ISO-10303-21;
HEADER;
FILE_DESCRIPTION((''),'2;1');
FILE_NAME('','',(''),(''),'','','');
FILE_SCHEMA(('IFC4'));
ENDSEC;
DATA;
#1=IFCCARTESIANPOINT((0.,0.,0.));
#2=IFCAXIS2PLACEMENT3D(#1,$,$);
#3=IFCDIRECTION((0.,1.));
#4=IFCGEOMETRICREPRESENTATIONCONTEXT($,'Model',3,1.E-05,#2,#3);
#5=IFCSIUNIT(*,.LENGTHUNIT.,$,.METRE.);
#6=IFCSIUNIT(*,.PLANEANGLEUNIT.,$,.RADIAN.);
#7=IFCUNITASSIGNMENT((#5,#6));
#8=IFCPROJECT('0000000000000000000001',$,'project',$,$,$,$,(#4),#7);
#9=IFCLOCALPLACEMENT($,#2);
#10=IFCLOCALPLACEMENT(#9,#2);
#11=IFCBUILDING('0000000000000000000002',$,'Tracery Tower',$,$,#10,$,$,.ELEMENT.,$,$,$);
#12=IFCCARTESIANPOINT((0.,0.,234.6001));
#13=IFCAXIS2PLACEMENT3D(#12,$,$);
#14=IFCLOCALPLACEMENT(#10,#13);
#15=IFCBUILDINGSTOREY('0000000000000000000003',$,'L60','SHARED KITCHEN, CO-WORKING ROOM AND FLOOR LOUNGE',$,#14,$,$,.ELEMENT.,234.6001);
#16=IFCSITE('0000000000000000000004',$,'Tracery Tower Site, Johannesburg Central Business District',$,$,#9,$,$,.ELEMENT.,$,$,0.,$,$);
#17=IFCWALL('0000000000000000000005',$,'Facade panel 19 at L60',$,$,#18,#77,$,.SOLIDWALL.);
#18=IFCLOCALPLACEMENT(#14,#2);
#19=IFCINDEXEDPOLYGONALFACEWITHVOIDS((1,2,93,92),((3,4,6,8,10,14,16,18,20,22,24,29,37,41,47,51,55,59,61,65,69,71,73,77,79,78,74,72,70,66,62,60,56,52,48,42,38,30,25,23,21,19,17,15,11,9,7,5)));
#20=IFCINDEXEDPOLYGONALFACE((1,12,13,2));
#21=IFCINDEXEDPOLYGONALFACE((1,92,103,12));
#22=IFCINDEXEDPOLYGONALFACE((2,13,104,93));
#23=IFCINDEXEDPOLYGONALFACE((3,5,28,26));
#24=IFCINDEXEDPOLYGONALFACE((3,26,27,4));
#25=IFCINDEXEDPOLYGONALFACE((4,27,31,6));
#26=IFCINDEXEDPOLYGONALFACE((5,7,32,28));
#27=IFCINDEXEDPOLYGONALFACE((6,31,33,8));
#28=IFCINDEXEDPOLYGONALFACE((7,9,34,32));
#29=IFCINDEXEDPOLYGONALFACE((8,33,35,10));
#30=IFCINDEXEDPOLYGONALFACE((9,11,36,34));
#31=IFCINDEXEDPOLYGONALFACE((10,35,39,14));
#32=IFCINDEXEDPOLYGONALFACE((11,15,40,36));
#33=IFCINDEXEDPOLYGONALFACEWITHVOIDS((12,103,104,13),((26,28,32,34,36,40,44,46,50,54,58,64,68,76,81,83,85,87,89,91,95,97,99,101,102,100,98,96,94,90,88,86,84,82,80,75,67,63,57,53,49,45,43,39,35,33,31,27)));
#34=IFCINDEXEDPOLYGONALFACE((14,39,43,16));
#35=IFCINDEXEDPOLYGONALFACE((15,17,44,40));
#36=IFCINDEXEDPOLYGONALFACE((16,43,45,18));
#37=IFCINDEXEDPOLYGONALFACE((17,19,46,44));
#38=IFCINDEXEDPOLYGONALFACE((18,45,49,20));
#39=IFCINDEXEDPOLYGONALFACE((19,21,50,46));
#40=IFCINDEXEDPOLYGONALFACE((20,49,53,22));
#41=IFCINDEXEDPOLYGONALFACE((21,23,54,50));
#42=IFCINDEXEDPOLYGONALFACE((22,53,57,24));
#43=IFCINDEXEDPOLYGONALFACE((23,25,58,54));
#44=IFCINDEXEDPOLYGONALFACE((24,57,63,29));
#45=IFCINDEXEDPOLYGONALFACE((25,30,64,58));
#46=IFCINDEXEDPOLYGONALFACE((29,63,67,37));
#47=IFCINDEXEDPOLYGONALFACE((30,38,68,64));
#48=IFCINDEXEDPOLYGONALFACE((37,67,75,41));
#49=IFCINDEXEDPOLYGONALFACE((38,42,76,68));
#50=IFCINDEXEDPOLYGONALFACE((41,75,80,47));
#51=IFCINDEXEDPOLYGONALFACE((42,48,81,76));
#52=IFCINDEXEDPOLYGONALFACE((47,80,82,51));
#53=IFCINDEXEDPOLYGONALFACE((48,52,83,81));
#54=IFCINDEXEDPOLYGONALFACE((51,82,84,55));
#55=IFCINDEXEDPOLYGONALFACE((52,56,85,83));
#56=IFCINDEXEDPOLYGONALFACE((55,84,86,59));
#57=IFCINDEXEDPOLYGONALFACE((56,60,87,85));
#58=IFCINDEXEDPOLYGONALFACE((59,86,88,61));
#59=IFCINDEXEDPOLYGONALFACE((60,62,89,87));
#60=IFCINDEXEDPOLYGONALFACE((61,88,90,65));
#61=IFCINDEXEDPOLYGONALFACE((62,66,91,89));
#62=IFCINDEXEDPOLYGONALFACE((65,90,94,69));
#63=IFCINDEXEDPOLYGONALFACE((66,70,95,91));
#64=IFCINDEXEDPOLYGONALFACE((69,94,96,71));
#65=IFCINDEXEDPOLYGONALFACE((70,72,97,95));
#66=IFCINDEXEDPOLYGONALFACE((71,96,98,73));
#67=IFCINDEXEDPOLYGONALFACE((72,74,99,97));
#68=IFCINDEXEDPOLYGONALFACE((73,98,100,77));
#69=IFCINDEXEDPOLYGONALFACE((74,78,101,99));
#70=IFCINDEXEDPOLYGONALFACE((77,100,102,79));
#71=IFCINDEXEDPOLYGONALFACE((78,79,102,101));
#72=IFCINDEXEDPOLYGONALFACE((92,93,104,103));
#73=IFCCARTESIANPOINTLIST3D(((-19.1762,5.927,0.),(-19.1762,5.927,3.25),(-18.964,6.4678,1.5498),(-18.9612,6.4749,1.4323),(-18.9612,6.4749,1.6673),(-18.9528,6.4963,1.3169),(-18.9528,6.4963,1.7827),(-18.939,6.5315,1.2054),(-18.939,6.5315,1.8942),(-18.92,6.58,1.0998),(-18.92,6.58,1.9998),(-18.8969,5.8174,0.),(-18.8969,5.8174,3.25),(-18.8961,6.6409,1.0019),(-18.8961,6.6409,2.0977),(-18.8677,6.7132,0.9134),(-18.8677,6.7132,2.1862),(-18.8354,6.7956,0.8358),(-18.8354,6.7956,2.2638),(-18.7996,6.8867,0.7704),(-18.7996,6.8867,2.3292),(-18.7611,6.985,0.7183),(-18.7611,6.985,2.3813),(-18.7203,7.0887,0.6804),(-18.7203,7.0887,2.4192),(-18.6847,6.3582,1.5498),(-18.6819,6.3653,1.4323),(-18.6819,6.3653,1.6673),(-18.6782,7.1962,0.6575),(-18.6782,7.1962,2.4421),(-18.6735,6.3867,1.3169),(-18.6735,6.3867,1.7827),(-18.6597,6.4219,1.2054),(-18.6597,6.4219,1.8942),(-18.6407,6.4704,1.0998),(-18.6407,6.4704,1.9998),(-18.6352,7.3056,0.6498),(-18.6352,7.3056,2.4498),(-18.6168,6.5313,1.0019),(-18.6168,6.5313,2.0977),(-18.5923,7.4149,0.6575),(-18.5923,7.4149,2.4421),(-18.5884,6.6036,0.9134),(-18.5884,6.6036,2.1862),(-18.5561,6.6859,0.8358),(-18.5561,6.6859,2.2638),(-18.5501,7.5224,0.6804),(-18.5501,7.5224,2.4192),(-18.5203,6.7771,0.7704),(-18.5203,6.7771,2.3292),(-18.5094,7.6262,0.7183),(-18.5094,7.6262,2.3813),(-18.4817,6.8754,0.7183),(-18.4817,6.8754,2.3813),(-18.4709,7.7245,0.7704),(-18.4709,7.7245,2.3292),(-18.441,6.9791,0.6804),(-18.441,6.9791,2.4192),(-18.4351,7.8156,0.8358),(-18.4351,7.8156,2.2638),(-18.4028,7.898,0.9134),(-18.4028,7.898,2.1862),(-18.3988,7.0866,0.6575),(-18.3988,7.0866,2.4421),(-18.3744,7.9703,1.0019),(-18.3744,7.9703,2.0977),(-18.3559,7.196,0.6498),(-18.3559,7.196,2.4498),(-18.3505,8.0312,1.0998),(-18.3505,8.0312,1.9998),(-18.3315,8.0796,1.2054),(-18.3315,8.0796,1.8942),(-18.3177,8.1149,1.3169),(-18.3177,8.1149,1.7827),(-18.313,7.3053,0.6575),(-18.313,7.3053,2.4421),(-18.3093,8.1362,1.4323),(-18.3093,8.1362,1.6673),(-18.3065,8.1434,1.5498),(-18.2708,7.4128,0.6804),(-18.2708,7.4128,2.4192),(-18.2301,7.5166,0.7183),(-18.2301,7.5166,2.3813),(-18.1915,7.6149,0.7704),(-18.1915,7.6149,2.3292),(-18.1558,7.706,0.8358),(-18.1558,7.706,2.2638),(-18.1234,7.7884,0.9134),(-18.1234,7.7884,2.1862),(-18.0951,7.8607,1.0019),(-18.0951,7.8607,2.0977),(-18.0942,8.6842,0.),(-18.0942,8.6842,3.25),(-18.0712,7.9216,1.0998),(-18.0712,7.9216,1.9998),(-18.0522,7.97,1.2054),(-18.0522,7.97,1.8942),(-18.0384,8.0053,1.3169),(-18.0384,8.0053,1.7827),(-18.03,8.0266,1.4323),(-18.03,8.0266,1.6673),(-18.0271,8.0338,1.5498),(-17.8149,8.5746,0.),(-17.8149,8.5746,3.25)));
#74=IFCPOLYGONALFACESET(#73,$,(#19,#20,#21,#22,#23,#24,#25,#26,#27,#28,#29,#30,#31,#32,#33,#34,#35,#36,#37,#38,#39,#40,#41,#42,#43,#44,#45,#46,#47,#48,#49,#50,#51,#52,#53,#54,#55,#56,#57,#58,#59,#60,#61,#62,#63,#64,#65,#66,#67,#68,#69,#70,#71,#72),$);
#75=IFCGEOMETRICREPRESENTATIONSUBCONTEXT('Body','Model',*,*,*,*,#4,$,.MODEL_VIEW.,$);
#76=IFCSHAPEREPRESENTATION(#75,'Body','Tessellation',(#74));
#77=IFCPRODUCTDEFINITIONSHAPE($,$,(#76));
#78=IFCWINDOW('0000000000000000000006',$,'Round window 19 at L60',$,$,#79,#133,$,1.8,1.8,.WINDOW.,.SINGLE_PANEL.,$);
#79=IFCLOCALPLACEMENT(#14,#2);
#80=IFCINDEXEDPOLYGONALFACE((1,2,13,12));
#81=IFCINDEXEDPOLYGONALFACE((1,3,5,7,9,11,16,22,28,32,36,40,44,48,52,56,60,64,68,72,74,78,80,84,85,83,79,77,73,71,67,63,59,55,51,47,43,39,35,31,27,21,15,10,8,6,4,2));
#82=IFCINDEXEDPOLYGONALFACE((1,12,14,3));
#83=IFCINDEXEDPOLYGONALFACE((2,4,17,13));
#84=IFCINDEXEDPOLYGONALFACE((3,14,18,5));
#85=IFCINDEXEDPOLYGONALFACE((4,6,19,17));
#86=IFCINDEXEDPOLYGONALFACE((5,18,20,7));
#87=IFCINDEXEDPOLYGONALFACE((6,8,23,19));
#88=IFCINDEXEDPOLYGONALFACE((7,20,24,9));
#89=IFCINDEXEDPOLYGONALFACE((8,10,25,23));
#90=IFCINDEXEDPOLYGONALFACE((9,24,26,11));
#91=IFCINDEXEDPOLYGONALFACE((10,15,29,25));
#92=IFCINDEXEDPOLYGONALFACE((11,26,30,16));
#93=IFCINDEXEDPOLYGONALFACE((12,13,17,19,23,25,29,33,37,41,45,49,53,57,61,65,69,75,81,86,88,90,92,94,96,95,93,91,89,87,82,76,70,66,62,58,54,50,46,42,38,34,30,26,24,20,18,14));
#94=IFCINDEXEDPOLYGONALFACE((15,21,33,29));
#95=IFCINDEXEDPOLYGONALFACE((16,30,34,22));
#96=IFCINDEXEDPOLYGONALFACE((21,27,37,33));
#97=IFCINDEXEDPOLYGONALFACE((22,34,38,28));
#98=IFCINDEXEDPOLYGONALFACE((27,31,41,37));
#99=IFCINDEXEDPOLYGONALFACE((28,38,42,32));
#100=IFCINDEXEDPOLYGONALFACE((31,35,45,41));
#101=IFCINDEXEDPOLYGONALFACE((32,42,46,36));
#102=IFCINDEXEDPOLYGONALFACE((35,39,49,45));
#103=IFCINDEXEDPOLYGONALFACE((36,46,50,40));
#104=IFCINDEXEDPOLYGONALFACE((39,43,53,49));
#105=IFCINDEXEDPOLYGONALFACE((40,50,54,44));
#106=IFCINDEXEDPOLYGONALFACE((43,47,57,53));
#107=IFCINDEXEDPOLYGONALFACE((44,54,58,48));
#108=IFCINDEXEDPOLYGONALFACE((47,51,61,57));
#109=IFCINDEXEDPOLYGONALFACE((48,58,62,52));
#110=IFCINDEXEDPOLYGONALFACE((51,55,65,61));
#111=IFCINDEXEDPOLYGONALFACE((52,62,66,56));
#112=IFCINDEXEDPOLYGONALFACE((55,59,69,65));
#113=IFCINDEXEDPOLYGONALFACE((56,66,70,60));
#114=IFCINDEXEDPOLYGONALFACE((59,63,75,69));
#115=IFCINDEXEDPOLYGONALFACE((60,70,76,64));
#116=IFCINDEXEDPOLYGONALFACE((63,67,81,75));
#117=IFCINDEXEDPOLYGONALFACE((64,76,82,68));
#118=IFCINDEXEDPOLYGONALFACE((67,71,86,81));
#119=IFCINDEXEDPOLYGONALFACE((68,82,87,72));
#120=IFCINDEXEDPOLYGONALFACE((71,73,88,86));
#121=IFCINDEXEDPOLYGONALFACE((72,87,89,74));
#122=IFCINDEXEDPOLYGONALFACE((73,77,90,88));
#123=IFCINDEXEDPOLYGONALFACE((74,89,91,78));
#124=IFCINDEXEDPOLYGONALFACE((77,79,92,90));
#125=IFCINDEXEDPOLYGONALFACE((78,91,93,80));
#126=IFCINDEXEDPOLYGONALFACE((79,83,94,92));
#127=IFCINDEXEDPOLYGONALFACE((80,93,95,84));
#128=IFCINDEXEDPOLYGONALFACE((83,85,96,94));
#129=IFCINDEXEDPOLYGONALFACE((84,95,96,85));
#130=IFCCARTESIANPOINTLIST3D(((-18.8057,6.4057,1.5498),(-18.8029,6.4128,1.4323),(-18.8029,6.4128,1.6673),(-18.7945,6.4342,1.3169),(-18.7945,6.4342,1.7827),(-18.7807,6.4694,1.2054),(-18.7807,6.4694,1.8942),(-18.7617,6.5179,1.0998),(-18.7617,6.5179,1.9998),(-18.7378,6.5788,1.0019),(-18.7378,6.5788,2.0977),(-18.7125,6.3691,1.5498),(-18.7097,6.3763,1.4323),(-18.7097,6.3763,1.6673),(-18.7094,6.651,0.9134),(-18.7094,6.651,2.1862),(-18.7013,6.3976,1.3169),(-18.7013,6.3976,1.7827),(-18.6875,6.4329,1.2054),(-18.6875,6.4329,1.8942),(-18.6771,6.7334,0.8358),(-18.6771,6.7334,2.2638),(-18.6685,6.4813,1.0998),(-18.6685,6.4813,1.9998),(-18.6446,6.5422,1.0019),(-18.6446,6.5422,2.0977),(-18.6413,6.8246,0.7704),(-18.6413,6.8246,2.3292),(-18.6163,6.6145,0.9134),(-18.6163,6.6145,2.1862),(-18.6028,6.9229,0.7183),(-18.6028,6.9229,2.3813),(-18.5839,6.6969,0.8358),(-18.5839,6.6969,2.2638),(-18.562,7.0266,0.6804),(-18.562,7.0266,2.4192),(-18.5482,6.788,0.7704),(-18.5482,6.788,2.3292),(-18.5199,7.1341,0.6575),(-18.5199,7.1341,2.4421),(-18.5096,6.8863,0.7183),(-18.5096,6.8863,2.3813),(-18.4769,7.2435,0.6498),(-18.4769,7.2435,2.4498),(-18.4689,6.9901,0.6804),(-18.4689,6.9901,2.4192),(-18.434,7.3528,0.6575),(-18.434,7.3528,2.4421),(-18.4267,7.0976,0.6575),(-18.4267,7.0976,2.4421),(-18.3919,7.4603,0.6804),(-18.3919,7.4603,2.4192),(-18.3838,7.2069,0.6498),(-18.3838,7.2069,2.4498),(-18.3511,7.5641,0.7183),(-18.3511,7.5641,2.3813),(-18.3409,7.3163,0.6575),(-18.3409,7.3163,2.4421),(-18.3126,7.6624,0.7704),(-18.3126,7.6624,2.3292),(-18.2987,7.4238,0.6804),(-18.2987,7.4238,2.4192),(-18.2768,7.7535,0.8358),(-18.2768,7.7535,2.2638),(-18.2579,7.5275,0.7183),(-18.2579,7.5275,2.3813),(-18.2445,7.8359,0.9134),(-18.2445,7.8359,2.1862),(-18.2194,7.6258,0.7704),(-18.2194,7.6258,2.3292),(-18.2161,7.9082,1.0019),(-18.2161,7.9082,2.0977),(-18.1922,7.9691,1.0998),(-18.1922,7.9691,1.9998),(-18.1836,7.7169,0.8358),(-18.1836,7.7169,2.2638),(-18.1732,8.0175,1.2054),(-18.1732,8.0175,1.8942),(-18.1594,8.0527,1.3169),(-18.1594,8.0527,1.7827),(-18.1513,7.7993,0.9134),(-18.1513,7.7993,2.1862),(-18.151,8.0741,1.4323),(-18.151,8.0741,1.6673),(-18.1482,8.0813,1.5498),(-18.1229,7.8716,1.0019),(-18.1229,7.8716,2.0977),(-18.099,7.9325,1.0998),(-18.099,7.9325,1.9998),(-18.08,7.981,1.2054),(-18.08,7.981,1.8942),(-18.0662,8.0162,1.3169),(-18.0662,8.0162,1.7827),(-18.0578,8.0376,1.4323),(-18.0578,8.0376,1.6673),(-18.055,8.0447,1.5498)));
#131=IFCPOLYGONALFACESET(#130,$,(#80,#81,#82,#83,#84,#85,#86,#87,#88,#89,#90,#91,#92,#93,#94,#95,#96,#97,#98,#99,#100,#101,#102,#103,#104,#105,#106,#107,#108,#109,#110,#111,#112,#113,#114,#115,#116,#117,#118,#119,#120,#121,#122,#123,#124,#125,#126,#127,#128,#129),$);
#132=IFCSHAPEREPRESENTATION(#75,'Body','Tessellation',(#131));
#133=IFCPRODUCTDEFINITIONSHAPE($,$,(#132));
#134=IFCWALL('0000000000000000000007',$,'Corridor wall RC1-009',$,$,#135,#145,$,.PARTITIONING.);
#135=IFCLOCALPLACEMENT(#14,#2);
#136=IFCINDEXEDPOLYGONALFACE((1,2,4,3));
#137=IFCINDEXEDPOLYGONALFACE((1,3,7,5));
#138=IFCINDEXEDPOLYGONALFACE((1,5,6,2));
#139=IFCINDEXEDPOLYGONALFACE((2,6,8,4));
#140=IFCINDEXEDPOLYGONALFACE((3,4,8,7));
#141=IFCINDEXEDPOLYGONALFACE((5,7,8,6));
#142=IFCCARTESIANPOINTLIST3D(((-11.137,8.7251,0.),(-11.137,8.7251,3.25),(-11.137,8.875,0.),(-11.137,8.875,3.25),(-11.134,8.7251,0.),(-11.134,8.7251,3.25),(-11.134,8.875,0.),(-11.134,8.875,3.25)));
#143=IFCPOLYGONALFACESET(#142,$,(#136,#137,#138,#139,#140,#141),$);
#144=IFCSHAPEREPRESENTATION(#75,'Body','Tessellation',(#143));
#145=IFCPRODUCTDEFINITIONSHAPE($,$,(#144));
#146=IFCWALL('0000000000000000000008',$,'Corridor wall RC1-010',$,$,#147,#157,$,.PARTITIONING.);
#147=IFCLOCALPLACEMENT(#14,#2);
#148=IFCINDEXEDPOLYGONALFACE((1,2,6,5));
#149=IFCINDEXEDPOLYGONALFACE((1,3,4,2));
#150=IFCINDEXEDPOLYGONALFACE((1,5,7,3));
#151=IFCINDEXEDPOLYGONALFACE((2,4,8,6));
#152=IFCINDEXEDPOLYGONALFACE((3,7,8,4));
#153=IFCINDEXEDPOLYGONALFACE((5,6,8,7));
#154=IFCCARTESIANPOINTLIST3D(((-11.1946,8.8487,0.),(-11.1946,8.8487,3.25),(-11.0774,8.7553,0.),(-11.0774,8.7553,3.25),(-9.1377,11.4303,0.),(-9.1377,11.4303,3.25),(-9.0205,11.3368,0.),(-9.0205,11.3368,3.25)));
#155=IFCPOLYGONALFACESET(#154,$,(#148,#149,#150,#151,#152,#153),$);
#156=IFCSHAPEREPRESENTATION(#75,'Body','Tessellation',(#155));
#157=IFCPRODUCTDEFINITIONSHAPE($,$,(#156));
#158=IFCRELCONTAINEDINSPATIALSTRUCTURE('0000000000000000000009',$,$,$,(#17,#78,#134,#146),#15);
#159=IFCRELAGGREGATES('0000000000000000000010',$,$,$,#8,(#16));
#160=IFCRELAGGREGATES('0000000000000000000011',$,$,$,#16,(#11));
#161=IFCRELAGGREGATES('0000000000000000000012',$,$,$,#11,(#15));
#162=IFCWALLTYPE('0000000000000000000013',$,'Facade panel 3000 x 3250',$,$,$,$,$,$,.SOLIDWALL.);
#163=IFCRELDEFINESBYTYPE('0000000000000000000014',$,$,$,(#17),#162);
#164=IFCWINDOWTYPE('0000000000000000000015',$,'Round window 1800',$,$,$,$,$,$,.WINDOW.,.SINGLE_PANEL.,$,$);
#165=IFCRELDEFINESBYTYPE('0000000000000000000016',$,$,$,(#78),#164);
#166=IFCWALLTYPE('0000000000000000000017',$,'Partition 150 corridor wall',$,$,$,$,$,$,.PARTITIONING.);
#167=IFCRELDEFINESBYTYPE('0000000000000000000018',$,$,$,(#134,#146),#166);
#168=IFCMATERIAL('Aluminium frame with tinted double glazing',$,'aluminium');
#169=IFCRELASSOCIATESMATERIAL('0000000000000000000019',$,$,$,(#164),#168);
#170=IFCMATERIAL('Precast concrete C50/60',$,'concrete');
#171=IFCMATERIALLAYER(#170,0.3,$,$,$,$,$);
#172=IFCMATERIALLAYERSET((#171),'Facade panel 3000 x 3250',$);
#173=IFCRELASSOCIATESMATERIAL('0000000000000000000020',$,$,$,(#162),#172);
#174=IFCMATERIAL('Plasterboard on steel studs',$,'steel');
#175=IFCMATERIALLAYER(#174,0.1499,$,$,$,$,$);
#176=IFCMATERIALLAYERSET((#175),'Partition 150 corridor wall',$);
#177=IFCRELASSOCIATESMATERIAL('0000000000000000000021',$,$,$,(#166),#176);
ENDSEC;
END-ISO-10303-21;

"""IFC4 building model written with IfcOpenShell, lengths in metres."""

from ifc_helpers import new_model, si_unit, direction, frame, frame_2d, origin, origin_2d, place, context, subcontext, project, spatial, rectangle, circle, extrude, material, layer, layer_set, type_object, element, fill, save


model = new_model("IFC4")

# Units and contexts
model_context = context("Model", 3, precision=1e-05, world=origin(), true_north=direction((0.0, 1.0)))
body_context = subcontext(model_context, "Body", "Model", "MODEL_VIEW")
ifc_project = project(units=[si_unit("LENGTHUNIT", "METRE"), si_unit("PLANEANGLEUNIT", "RADIAN")], contexts=[model_context])

# Site, building, storey
site_placement = place(None, origin())
site = spatial("IfcSite", under=ifc_project, at=site_placement, Name="Tracery Tower Site, Johannesburg Central Business District", CompositionType="ELEMENT", RefElevation=0.0)
building_placement = place(site_placement, origin())
building = spatial("IfcBuilding", under=site, at=building_placement, Name="Tracery Tower", CompositionType="ELEMENT")
storey_placement = place(building_placement, frame((0.0, 0.0, 234.6001)))
storey = spatial("IfcBuildingStorey", under=building, at=storey_placement, Name="L60", Description="SHARED KITCHEN, CO-WORKING ROOM AND FLOOR LOUNGE", CompositionType="ELEMENT", Elevation=234.6001)

# Wall, opening, window
ifc_material_1 = material(Name="Aluminium frame with tinted double glazing", Category="aluminium")
window_type = type_object("IfcWindowType", Name="Round window 1800", PartitioningType="SINGLE_PANEL", PredefinedType="WINDOW", material=ifc_material_1)
ifc_material_2 = material(Name="Precast concrete C50/60", Category="concrete")
ifc_layer_1 = layer(ifc_material_2, 0.3)
ifc_layer_set_1 = layer_set([ifc_layer_1], Name="Facade panel 3000 x 3250")
wall_type_1 = type_object("IfcWallType", Name="Facade panel 3000 x 3250", PredefinedType="SOLIDWALL", material=ifc_layer_set_1)
wall_1_placement = place(storey_placement, frame((-17.9546, 8.6294, 0.0), z_axis=(0.0, 0.0, 1.0), x_axis=(-0.3653, -0.93089, 0.0)))
wall_1 = element("IfcWall", 1, at=wall_1_placement, inside=storey, type_object=wall_type_1, Name="Facade panel 19 at L60", PredefinedType="SOLIDWALL", context=body_context, shape_type="SweptSolid", body=[
    extrude(rectangle(XDim=2.9619, YDim=0.3, at=frame_2d((1.481, 0.0))), origin(), (0.0, 0.0, 1.0), 3.25),
])
opening_1_placement = place(wall_1_placement, frame((1.481, 0.0, 1.5498)))
opening_1 = element("IfcOpeningElement", 2, at=opening_1_placement, cuts=wall_1, PredefinedType="OPENING", context=body_context, shape_type="SweptSolid", body=[
    extrude(circle(Radius=0.9, at=origin_2d()), frame((0.0, 0.1599, 0.0), z_axis=(0.0, -1.0, 0.0), x_axis=(1.0, 0.0, 0.0)), (0.0, 0.0, 1.0), 0.3201),
])
window_1_placement = place(opening_1_placement, origin())
window_1 = element("IfcWindow", 3, at=window_1_placement, inside=storey, type_object=window_type, Name="Round window 19 at L60", OverallHeight=1.8, OverallWidth=1.8, PartitioningType="SINGLE_PANEL", PredefinedType="WINDOW", context=body_context, shape_type="SweptSolid", body=[
    extrude(circle(Radius=0.9, at=origin_2d()), frame((0.0, 0.1201, 0.0), z_axis=(0.0, -1.0, 0.0), x_axis=(1.0, 0.0, 0.0)), (0.0, 0.0, 1.0), 0.1001),
])
fill(opening_1, window_1)

# Walls
ifc_material_3 = material(Name="Plasterboard on steel studs", Category="steel")
ifc_layer_2 = layer(ifc_material_3, 0.1499)
ifc_layer_set_2 = layer_set([ifc_layer_2], Name="Partition 150 corridor wall")
wall_type_2 = type_object("IfcWallType", Name="Partition 150 corridor wall", PredefinedType="PARTITIONING", material=ifc_layer_set_2)
wall_2_placement = place(storey_placement, frame((-11.134, 8.8, 0.0), z_axis=(0.0, 0.0, 1.0), x_axis=(-1.0, 0.0, 0.0)))
element("IfcWall", 4, at=wall_2_placement, inside=storey, type_object=wall_type_2, Name="Corridor wall RC1-009", PredefinedType="PARTITIONING", context=body_context, shape_type="SweptSolid", body=[
    extrude(rectangle(XDim=0.0029, YDim=0.1499, at=frame_2d((0.0015, 0.0))), origin(), (0.0, 0.0, 1.0), 3.25),
])
wall_3_placement = place(storey_placement, frame((-11.136, 8.802, 0.0), z_axis=(0.0, 0.0, 1.0), x_axis=(0.623151, 0.782101, 0.0)))
element("IfcWall", 5, at=wall_3_placement, inside=storey, type_object=wall_type_2, Name="Corridor wall RC1-010", PredefinedType="PARTITIONING", context=body_context, shape_type="SweptSolid", body=[
    extrude(rectangle(XDim=3.3008, YDim=0.1499, at=frame_2d((1.6504, 0.0))), origin(), (0.0, 0.0, 1.0), 3.25),
])

save(model, "model.ifc")
